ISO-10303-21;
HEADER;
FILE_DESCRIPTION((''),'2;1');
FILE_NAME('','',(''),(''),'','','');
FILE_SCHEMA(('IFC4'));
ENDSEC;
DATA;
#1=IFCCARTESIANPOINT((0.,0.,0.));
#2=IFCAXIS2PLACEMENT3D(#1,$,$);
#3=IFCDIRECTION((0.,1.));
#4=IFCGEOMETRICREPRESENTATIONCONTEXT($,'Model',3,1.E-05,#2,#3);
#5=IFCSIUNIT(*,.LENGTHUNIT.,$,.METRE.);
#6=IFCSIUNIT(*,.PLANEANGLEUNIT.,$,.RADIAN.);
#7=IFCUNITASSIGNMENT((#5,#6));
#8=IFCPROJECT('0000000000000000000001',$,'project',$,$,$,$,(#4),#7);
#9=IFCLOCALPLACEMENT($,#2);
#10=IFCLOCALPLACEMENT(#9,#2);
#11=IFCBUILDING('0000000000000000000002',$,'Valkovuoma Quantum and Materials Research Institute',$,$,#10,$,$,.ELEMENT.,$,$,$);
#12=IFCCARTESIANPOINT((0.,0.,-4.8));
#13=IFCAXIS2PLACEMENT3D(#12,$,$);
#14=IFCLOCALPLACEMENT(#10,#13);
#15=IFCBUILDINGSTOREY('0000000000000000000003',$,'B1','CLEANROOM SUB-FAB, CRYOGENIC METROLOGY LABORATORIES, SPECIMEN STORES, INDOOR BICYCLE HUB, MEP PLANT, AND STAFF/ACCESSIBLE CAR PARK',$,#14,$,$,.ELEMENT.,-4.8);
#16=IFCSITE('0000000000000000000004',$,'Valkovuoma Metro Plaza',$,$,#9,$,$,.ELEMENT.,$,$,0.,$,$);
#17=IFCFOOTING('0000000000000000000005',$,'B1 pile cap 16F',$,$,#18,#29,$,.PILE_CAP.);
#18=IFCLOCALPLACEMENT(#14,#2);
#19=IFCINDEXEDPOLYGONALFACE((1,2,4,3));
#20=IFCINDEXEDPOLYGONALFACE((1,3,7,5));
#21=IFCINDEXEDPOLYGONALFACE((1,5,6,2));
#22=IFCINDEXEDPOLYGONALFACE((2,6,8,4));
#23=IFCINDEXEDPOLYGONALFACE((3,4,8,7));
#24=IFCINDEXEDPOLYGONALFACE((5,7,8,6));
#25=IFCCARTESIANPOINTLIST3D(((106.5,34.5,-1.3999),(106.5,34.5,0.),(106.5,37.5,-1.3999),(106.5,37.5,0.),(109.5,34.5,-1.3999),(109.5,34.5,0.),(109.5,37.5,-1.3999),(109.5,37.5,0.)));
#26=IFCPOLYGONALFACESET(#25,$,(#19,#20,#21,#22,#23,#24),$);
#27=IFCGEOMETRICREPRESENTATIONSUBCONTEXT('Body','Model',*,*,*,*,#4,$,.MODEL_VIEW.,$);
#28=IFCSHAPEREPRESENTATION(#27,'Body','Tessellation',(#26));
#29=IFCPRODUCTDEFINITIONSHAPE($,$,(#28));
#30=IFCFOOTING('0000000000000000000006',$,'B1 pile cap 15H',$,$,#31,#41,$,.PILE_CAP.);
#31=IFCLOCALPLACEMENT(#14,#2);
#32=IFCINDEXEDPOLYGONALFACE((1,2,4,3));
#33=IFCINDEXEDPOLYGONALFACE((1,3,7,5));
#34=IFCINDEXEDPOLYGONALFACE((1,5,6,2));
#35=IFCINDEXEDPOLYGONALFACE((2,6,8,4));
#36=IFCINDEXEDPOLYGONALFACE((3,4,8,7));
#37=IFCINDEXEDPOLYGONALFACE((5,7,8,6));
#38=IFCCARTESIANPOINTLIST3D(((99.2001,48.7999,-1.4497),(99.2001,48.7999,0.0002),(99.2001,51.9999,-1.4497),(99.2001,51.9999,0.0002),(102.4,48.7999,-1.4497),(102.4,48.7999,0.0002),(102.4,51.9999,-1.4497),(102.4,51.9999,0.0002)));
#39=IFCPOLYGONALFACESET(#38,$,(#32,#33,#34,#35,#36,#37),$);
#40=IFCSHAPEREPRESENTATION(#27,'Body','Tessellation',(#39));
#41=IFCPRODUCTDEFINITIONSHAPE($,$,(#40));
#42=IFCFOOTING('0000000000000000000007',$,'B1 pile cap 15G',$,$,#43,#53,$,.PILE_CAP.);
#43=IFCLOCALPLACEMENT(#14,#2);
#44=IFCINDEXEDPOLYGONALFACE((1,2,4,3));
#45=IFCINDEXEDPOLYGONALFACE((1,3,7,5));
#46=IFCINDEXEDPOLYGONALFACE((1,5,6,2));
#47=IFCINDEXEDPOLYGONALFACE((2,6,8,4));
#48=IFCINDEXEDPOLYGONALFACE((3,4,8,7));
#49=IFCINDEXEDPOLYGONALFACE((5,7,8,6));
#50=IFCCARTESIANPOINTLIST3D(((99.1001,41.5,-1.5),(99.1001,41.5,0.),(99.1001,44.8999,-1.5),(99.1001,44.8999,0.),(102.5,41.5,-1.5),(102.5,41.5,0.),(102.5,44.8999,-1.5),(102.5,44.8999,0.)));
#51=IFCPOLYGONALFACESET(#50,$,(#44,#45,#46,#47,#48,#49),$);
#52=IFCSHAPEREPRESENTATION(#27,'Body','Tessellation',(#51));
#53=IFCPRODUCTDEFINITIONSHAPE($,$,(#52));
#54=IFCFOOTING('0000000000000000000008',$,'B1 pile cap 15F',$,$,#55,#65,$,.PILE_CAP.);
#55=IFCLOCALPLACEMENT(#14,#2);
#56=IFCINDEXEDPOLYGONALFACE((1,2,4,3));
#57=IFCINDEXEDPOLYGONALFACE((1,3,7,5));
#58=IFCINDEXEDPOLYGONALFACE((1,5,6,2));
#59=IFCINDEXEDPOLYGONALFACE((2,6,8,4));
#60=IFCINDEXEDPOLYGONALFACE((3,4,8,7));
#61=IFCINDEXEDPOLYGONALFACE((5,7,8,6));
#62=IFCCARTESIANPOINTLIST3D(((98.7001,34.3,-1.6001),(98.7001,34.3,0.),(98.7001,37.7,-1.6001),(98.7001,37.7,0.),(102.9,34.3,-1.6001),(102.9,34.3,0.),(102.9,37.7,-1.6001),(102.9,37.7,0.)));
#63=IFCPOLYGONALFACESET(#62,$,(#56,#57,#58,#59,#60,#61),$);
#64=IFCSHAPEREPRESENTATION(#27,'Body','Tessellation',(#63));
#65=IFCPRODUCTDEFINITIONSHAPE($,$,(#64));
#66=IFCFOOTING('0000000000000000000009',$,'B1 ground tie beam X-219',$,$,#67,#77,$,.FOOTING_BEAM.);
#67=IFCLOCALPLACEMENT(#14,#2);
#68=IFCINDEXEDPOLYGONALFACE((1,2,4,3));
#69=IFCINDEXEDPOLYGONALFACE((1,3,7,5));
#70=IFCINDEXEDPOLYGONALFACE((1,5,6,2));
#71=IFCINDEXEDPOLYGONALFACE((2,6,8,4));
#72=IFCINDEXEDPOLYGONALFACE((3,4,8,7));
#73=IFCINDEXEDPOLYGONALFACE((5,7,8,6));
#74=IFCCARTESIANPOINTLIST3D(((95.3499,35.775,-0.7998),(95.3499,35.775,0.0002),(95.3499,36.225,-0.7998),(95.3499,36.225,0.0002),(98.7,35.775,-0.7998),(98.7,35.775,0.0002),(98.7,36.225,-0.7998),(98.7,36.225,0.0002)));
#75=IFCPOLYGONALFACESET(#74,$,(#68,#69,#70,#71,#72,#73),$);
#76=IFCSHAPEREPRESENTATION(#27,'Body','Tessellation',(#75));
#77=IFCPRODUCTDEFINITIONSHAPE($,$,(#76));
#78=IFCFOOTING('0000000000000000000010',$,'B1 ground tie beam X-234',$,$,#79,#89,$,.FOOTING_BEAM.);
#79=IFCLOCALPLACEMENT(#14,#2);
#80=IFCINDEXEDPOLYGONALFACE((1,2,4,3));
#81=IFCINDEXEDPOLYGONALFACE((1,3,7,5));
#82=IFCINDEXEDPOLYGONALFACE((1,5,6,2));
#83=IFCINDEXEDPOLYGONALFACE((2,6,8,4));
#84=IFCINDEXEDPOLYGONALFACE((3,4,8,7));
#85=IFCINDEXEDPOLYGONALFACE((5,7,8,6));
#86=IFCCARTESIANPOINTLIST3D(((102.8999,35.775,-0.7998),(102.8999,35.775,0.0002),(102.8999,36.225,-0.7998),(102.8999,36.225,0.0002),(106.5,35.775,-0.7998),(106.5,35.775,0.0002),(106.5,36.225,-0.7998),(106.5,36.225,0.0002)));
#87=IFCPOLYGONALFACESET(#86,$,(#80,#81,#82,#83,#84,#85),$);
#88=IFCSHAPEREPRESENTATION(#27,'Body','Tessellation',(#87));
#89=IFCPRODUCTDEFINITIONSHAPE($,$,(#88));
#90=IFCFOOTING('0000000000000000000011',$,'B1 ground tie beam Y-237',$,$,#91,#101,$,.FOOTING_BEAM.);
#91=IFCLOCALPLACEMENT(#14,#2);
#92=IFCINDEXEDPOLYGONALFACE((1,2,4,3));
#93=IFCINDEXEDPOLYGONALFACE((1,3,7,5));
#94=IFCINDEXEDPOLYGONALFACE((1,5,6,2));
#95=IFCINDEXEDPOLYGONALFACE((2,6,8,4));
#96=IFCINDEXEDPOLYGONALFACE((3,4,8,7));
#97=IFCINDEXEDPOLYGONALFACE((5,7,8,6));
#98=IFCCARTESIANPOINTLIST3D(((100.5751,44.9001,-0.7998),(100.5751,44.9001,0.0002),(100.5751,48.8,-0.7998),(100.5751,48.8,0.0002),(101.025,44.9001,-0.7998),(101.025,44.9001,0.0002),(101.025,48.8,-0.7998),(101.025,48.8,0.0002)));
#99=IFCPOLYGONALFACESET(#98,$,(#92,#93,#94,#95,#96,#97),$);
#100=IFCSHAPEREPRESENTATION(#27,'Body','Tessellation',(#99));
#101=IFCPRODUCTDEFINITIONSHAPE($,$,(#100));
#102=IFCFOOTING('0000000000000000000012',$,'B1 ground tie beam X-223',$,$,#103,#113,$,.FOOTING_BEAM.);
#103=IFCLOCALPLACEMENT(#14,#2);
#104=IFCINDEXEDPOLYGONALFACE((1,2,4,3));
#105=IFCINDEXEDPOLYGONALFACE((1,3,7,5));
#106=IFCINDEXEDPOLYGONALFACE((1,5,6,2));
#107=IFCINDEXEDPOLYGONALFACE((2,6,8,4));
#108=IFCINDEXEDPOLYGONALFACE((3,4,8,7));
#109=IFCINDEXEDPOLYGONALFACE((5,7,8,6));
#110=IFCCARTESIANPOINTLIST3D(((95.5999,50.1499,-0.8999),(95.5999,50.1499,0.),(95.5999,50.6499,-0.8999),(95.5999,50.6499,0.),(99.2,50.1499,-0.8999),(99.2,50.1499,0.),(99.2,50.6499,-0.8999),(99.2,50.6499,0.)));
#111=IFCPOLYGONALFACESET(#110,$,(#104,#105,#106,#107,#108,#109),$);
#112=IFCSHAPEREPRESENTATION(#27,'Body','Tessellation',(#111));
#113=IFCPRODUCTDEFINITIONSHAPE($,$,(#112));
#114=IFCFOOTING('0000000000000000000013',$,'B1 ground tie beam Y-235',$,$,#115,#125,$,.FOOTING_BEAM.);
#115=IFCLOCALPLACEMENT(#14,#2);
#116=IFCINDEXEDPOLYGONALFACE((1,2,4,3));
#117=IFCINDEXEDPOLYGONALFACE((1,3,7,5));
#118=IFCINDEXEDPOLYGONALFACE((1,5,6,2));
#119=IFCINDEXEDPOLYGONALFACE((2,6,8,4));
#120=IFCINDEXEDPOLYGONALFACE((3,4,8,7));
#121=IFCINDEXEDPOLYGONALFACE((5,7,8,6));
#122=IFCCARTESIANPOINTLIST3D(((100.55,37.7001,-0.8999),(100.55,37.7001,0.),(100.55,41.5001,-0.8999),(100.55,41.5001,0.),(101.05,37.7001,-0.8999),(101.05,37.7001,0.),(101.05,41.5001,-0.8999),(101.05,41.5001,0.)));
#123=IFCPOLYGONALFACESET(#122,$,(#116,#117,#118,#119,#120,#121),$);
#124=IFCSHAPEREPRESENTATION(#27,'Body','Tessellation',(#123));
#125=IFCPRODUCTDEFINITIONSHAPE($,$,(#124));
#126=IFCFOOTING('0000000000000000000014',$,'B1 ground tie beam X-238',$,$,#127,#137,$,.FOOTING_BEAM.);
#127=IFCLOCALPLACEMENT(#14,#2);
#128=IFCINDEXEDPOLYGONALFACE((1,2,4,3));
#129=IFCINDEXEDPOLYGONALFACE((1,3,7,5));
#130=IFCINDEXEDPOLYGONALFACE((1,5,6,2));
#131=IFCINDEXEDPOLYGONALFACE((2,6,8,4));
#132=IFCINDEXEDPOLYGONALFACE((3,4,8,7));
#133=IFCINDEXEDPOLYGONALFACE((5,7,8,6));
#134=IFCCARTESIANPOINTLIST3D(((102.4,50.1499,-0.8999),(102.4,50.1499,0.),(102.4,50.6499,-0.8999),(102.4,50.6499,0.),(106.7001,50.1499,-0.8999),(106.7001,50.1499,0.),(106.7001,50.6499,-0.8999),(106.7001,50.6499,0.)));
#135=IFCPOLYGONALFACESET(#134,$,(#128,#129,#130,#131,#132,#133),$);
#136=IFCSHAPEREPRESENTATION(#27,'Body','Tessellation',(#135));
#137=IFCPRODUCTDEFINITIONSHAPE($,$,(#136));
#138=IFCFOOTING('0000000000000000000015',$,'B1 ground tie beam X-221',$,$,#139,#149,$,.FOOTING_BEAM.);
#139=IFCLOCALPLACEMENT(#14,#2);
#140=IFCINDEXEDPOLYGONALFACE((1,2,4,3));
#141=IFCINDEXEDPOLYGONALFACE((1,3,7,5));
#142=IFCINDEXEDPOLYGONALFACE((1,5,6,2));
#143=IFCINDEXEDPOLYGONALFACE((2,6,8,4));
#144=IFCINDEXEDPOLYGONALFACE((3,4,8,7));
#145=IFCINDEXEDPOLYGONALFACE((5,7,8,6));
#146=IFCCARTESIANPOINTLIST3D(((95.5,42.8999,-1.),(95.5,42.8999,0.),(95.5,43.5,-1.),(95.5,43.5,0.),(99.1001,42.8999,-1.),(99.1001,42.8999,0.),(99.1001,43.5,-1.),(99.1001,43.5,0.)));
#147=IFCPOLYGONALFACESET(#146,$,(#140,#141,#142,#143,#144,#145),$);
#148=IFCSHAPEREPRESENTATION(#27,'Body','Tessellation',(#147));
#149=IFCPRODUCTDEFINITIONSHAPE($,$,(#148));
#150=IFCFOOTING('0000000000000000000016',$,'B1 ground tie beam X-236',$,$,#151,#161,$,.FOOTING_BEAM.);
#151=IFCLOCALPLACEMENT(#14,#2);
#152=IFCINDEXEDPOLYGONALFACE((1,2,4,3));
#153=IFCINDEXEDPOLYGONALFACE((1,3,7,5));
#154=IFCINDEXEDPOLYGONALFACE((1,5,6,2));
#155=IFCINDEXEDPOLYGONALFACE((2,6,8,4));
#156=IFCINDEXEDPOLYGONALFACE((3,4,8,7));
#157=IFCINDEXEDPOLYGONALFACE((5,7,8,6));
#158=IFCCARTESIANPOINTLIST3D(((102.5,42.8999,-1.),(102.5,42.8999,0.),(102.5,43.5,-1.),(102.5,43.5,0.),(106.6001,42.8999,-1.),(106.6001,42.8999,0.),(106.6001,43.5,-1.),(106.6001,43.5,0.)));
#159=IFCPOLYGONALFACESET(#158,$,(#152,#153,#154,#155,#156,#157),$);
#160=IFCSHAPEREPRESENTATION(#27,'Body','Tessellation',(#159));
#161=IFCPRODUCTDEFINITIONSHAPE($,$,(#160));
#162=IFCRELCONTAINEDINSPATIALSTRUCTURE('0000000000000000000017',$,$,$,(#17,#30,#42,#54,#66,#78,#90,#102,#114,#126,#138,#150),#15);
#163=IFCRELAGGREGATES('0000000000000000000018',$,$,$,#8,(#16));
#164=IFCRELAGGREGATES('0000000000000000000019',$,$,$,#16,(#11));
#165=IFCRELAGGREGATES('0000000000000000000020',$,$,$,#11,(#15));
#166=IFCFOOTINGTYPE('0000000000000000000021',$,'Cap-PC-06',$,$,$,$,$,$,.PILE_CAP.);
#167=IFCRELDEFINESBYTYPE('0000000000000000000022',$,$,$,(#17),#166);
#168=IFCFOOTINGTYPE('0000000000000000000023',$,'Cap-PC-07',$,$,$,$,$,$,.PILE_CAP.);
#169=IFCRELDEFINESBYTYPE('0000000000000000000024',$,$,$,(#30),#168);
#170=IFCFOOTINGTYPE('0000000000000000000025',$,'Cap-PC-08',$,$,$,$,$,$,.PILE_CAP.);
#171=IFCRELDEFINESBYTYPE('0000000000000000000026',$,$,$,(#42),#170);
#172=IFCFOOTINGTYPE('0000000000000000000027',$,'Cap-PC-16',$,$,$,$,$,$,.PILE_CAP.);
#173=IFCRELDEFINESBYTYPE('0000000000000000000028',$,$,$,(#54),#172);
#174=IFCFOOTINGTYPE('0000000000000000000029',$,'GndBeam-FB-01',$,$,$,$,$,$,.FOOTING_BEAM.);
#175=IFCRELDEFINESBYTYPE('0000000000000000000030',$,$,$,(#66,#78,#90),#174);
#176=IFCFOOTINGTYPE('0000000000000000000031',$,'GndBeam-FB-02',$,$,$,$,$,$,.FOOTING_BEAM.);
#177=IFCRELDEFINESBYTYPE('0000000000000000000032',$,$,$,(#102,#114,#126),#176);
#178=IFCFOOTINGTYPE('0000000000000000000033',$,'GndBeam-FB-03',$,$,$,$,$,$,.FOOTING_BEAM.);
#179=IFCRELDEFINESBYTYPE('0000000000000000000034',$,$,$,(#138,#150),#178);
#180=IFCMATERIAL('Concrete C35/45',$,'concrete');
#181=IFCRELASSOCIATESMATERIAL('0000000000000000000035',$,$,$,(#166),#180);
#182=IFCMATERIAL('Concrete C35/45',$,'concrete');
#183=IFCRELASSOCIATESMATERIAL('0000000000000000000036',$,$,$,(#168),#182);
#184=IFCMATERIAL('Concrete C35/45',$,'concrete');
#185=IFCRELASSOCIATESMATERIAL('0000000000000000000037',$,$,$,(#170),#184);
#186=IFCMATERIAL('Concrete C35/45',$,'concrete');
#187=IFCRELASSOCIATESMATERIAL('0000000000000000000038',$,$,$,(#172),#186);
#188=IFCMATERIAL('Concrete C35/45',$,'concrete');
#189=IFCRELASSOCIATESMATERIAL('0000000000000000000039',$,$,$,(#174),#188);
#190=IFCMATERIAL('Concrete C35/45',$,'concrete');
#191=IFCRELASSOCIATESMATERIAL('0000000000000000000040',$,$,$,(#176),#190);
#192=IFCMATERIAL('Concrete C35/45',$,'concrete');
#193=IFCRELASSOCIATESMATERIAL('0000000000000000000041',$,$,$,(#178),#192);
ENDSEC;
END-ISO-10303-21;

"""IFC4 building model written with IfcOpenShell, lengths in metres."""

from ifc_helpers import new_model, si_unit, direction, frame, origin, origin_2d, place, context, subcontext, project, spatial, rectangle, extrude, material, type_object, element, save


model = new_model("IFC4")

# Units and contexts
model_context = context("Model", 3, precision=1e-05, world=origin(), true_north=direction((0.0, 1.0)))
body_context = subcontext(model_context, "Body", "Model", "MODEL_VIEW")
ifc_project = project(units=[si_unit("LENGTHUNIT", "METRE"), si_unit("PLANEANGLEUNIT", "RADIAN")], contexts=[model_context])

# Site, building, storey
site_placement = place(None, origin())
site = spatial("IfcSite", under=ifc_project, at=site_placement, Name="Valkovuoma Metro Plaza", CompositionType="ELEMENT", RefElevation=0.0)
building_placement = place(site_placement, origin())
building = spatial("IfcBuilding", under=site, at=building_placement, Name="Valkovuoma Quantum and Materials Research Institute", CompositionType="ELEMENT")
storey_placement = place(building_placement, frame((0.0, 0.0, -4.8)))
storey = spatial("IfcBuildingStorey", under=building, at=storey_placement, Name="B1", Description="CLEANROOM SUB-FAB, CRYOGENIC METROLOGY LABORATORIES, SPECIMEN STORES, INDOOR BICYCLE HUB, MEP PLANT, AND STAFF/ACCESSIBLE CAR PARK", CompositionType="ELEMENT", Elevation=-4.8)

# Footings
ifc_material_1 = material(Name="Concrete C35/45", Category="concrete")
footing_type_1 = type_object("IfcFootingType", Name="Cap-PC-06", PredefinedType="PILE_CAP", material=ifc_material_1)
footing_1_placement = place(storey_placement, frame((108.0, 36.0, -1.3999), z_axis=(0.0, 0.0, 1.0), x_axis=(1.0, 0.0, 0.0)))
element("IfcFooting", 1, at=footing_1_placement, inside=storey, type_object=footing_type_1, Name="B1 pile cap 16F", PredefinedType="PILE_CAP", context=body_context, shape_type="SweptSolid", body=[
    extrude(rectangle(XDim=3.0, YDim=3.0, at=origin_2d()), origin(), (0.0, 0.0, 1.0), 1.3999),
])
ifc_material_2 = material(Name="Concrete C35/45", Category="concrete")
footing_type_2 = type_object("IfcFootingType", Name="Cap-PC-07", PredefinedType="PILE_CAP", material=ifc_material_2)
footing_2_placement = place(storey_placement, frame((100.8, 50.3999, -1.4497), z_axis=(0.0, 0.0, 1.0), x_axis=(1.0, 0.0, 0.0)))
element("IfcFooting", 2, at=footing_2_placement, inside=storey, type_object=footing_type_2, Name="B1 pile cap 15H", PredefinedType="PILE_CAP", context=body_context, shape_type="SweptSolid", body=[
    extrude(rectangle(XDim=3.2, YDim=3.2, at=origin_2d()), origin(), (0.0, 0.0, 1.0), 1.45),
])
ifc_material_3 = material(Name="Concrete C35/45", Category="concrete")
footing_type_3 = type_object("IfcFootingType", Name="Cap-PC-08", PredefinedType="PILE_CAP", material=ifc_material_3)
footing_3_placement = place(storey_placement, frame((100.8, 43.2, -1.5), z_axis=(0.0, 0.0, 1.0), x_axis=(1.0, 0.0, 0.0)))
element("IfcFooting", 3, at=footing_3_placement, inside=storey, type_object=footing_type_3, Name="B1 pile cap 15G", PredefinedType="PILE_CAP", context=body_context, shape_type="SweptSolid", body=[
    extrude(rectangle(XDim=3.3999, YDim=3.3999, at=origin_2d()), origin(), (0.0, 0.0, 1.0), 1.5),
])
ifc_material_4 = material(Name="Concrete C35/45", Category="concrete")
footing_type_4 = type_object("IfcFootingType", Name="Cap-PC-16", PredefinedType="PILE_CAP", material=ifc_material_4)
footing_4_placement = place(storey_placement, frame((100.8, 36.0, -1.6001), z_axis=(0.0, 0.0, 1.0), x_axis=(1.0, 0.0, 0.0)))
element("IfcFooting", 4, at=footing_4_placement, inside=storey, type_object=footing_type_4, Name="B1 pile cap 15F", PredefinedType="PILE_CAP", context=body_context, shape_type="SweptSolid", body=[
    extrude(rectangle(XDim=4.2, YDim=3.3999, at=origin_2d()), origin(), (0.0, 0.0, 1.0), 1.6001),
])
ifc_material_5 = material(Name="Concrete C35/45", Category="concrete")
footing_type_5 = type_object("IfcFootingType", Name="GndBeam-FB-01", PredefinedType="FOOTING_BEAM", material=ifc_material_5)
footing_5_placement = place(storey_placement, frame((97.0249, 36.0, -0.7998), z_axis=(0.0, 0.0, 1.0), x_axis=(1.0, 0.0, 0.0)))
element("IfcFooting", 5, at=footing_5_placement, inside=storey, type_object=footing_type_5, Name="B1 ground tie beam X-219", PredefinedType="FOOTING_BEAM", context=body_context, shape_type="SweptSolid", body=[
    extrude(rectangle(XDim=3.3501, YDim=0.45, at=origin_2d()), origin(), (0.0, 0.0, 1.0), 0.8),
])
footing_6_placement = place(storey_placement, frame((104.7, 36.0, -0.7998), z_axis=(0.0, 0.0, 1.0), x_axis=(1.0, 0.0, 0.0)))
element("IfcFooting", 6, at=footing_6_placement, inside=storey, type_object=footing_type_5, Name="B1 ground tie beam X-234", PredefinedType="FOOTING_BEAM", context=body_context, shape_type="SweptSolid", body=[
    extrude(rectangle(XDim=3.6001, YDim=0.45, at=origin_2d()), origin(), (0.0, 0.0, 1.0), 0.8),
])
footing_7_placement = place(storey_placement, frame((100.8, 46.8501, -0.7998), z_axis=(0.0, 0.0, 1.0), x_axis=(0.0, 1.0, 0.0)))
element("IfcFooting", 7, at=footing_7_placement, inside=storey, type_object=footing_type_5, Name="B1 ground tie beam Y-237", PredefinedType="FOOTING_BEAM", context=body_context, shape_type="SweptSolid", body=[
    extrude(rectangle(XDim=3.8999, YDim=0.45, at=origin_2d()), origin(), (0.0, 0.0, 1.0), 0.8),
])
ifc_material_6 = material(Name="Concrete C35/45", Category="concrete")
footing_type_6 = type_object("IfcFootingType", Name="GndBeam-FB-02", PredefinedType="FOOTING_BEAM", material=ifc_material_6)
footing_8_placement = place(storey_placement, frame((97.3999, 50.3999, -0.8999), z_axis=(0.0, 0.0, 1.0), x_axis=(1.0, 0.0, 0.0)))
element("IfcFooting", 8, at=footing_8_placement, inside=storey, type_object=footing_type_6, Name="B1 ground tie beam X-223", PredefinedType="FOOTING_BEAM", context=body_context, shape_type="SweptSolid", body=[
    extrude(rectangle(XDim=3.6001, YDim=0.5, at=origin_2d()), origin(), (0.0, 0.0, 1.0), 0.8999),
])
footing_9_placement = place(storey_placement, frame((100.8, 39.6001, -0.8999), z_axis=(0.0, 0.0, 1.0), x_axis=(0.0, 1.0, 0.0)))
element("IfcFooting", 9, at=footing_9_placement, inside=storey, type_object=footing_type_6, Name="B1 ground tie beam Y-235", PredefinedType="FOOTING_BEAM", context=body_context, shape_type="SweptSolid", body=[
    extrude(rectangle(XDim=3.8, YDim=0.5, at=origin_2d()), origin(), (0.0, 0.0, 1.0), 0.8999),
])
footing_10_placement = place(storey_placement, frame((104.55, 50.3999, -0.8999), z_axis=(0.0, 0.0, 1.0), x_axis=(1.0, 0.0, 0.0)))
element("IfcFooting", 10, at=footing_10_placement, inside=storey, type_object=footing_type_6, Name="B1 ground tie beam X-238", PredefinedType="FOOTING_BEAM", context=body_context, shape_type="SweptSolid", body=[
    extrude(rectangle(XDim=4.3, YDim=0.5, at=origin_2d()), origin(), (0.0, 0.0, 1.0), 0.8999),
])
ifc_material_7 = material(Name="Concrete C35/45", Category="concrete")
footing_type_7 = type_object("IfcFootingType", Name="GndBeam-FB-03", PredefinedType="FOOTING_BEAM", material=ifc_material_7)
footing_11_placement = place(storey_placement, frame((97.3, 43.2, -1.0), z_axis=(0.0, 0.0, 1.0), x_axis=(1.0, 0.0, 0.0)))
element("IfcFooting", 11, at=footing_11_placement, inside=storey, type_object=footing_type_7, Name="B1 ground tie beam X-221", PredefinedType="FOOTING_BEAM", context=body_context, shape_type="SweptSolid", body=[
    extrude(rectangle(XDim=3.6001, YDim=0.6001, at=origin_2d()), origin(), (0.0, 0.0, 1.0), 1.0),
])
footing_12_placement = place(storey_placement, frame((104.55, 43.2, -1.0), z_axis=(0.0, 0.0, 1.0), x_axis=(1.0, 0.0, 0.0)))
element("IfcFooting", 12, at=footing_12_placement, inside=storey, type_object=footing_type_7, Name="B1 ground tie beam X-236", PredefinedType="FOOTING_BEAM", context=body_context, shape_type="SweptSolid", body=[
    extrude(rectangle(XDim=4.1001, YDim=0.6001, at=origin_2d()), origin(), (0.0, 0.0, 1.0), 1.0),
])

save(model, "model.ifc")
